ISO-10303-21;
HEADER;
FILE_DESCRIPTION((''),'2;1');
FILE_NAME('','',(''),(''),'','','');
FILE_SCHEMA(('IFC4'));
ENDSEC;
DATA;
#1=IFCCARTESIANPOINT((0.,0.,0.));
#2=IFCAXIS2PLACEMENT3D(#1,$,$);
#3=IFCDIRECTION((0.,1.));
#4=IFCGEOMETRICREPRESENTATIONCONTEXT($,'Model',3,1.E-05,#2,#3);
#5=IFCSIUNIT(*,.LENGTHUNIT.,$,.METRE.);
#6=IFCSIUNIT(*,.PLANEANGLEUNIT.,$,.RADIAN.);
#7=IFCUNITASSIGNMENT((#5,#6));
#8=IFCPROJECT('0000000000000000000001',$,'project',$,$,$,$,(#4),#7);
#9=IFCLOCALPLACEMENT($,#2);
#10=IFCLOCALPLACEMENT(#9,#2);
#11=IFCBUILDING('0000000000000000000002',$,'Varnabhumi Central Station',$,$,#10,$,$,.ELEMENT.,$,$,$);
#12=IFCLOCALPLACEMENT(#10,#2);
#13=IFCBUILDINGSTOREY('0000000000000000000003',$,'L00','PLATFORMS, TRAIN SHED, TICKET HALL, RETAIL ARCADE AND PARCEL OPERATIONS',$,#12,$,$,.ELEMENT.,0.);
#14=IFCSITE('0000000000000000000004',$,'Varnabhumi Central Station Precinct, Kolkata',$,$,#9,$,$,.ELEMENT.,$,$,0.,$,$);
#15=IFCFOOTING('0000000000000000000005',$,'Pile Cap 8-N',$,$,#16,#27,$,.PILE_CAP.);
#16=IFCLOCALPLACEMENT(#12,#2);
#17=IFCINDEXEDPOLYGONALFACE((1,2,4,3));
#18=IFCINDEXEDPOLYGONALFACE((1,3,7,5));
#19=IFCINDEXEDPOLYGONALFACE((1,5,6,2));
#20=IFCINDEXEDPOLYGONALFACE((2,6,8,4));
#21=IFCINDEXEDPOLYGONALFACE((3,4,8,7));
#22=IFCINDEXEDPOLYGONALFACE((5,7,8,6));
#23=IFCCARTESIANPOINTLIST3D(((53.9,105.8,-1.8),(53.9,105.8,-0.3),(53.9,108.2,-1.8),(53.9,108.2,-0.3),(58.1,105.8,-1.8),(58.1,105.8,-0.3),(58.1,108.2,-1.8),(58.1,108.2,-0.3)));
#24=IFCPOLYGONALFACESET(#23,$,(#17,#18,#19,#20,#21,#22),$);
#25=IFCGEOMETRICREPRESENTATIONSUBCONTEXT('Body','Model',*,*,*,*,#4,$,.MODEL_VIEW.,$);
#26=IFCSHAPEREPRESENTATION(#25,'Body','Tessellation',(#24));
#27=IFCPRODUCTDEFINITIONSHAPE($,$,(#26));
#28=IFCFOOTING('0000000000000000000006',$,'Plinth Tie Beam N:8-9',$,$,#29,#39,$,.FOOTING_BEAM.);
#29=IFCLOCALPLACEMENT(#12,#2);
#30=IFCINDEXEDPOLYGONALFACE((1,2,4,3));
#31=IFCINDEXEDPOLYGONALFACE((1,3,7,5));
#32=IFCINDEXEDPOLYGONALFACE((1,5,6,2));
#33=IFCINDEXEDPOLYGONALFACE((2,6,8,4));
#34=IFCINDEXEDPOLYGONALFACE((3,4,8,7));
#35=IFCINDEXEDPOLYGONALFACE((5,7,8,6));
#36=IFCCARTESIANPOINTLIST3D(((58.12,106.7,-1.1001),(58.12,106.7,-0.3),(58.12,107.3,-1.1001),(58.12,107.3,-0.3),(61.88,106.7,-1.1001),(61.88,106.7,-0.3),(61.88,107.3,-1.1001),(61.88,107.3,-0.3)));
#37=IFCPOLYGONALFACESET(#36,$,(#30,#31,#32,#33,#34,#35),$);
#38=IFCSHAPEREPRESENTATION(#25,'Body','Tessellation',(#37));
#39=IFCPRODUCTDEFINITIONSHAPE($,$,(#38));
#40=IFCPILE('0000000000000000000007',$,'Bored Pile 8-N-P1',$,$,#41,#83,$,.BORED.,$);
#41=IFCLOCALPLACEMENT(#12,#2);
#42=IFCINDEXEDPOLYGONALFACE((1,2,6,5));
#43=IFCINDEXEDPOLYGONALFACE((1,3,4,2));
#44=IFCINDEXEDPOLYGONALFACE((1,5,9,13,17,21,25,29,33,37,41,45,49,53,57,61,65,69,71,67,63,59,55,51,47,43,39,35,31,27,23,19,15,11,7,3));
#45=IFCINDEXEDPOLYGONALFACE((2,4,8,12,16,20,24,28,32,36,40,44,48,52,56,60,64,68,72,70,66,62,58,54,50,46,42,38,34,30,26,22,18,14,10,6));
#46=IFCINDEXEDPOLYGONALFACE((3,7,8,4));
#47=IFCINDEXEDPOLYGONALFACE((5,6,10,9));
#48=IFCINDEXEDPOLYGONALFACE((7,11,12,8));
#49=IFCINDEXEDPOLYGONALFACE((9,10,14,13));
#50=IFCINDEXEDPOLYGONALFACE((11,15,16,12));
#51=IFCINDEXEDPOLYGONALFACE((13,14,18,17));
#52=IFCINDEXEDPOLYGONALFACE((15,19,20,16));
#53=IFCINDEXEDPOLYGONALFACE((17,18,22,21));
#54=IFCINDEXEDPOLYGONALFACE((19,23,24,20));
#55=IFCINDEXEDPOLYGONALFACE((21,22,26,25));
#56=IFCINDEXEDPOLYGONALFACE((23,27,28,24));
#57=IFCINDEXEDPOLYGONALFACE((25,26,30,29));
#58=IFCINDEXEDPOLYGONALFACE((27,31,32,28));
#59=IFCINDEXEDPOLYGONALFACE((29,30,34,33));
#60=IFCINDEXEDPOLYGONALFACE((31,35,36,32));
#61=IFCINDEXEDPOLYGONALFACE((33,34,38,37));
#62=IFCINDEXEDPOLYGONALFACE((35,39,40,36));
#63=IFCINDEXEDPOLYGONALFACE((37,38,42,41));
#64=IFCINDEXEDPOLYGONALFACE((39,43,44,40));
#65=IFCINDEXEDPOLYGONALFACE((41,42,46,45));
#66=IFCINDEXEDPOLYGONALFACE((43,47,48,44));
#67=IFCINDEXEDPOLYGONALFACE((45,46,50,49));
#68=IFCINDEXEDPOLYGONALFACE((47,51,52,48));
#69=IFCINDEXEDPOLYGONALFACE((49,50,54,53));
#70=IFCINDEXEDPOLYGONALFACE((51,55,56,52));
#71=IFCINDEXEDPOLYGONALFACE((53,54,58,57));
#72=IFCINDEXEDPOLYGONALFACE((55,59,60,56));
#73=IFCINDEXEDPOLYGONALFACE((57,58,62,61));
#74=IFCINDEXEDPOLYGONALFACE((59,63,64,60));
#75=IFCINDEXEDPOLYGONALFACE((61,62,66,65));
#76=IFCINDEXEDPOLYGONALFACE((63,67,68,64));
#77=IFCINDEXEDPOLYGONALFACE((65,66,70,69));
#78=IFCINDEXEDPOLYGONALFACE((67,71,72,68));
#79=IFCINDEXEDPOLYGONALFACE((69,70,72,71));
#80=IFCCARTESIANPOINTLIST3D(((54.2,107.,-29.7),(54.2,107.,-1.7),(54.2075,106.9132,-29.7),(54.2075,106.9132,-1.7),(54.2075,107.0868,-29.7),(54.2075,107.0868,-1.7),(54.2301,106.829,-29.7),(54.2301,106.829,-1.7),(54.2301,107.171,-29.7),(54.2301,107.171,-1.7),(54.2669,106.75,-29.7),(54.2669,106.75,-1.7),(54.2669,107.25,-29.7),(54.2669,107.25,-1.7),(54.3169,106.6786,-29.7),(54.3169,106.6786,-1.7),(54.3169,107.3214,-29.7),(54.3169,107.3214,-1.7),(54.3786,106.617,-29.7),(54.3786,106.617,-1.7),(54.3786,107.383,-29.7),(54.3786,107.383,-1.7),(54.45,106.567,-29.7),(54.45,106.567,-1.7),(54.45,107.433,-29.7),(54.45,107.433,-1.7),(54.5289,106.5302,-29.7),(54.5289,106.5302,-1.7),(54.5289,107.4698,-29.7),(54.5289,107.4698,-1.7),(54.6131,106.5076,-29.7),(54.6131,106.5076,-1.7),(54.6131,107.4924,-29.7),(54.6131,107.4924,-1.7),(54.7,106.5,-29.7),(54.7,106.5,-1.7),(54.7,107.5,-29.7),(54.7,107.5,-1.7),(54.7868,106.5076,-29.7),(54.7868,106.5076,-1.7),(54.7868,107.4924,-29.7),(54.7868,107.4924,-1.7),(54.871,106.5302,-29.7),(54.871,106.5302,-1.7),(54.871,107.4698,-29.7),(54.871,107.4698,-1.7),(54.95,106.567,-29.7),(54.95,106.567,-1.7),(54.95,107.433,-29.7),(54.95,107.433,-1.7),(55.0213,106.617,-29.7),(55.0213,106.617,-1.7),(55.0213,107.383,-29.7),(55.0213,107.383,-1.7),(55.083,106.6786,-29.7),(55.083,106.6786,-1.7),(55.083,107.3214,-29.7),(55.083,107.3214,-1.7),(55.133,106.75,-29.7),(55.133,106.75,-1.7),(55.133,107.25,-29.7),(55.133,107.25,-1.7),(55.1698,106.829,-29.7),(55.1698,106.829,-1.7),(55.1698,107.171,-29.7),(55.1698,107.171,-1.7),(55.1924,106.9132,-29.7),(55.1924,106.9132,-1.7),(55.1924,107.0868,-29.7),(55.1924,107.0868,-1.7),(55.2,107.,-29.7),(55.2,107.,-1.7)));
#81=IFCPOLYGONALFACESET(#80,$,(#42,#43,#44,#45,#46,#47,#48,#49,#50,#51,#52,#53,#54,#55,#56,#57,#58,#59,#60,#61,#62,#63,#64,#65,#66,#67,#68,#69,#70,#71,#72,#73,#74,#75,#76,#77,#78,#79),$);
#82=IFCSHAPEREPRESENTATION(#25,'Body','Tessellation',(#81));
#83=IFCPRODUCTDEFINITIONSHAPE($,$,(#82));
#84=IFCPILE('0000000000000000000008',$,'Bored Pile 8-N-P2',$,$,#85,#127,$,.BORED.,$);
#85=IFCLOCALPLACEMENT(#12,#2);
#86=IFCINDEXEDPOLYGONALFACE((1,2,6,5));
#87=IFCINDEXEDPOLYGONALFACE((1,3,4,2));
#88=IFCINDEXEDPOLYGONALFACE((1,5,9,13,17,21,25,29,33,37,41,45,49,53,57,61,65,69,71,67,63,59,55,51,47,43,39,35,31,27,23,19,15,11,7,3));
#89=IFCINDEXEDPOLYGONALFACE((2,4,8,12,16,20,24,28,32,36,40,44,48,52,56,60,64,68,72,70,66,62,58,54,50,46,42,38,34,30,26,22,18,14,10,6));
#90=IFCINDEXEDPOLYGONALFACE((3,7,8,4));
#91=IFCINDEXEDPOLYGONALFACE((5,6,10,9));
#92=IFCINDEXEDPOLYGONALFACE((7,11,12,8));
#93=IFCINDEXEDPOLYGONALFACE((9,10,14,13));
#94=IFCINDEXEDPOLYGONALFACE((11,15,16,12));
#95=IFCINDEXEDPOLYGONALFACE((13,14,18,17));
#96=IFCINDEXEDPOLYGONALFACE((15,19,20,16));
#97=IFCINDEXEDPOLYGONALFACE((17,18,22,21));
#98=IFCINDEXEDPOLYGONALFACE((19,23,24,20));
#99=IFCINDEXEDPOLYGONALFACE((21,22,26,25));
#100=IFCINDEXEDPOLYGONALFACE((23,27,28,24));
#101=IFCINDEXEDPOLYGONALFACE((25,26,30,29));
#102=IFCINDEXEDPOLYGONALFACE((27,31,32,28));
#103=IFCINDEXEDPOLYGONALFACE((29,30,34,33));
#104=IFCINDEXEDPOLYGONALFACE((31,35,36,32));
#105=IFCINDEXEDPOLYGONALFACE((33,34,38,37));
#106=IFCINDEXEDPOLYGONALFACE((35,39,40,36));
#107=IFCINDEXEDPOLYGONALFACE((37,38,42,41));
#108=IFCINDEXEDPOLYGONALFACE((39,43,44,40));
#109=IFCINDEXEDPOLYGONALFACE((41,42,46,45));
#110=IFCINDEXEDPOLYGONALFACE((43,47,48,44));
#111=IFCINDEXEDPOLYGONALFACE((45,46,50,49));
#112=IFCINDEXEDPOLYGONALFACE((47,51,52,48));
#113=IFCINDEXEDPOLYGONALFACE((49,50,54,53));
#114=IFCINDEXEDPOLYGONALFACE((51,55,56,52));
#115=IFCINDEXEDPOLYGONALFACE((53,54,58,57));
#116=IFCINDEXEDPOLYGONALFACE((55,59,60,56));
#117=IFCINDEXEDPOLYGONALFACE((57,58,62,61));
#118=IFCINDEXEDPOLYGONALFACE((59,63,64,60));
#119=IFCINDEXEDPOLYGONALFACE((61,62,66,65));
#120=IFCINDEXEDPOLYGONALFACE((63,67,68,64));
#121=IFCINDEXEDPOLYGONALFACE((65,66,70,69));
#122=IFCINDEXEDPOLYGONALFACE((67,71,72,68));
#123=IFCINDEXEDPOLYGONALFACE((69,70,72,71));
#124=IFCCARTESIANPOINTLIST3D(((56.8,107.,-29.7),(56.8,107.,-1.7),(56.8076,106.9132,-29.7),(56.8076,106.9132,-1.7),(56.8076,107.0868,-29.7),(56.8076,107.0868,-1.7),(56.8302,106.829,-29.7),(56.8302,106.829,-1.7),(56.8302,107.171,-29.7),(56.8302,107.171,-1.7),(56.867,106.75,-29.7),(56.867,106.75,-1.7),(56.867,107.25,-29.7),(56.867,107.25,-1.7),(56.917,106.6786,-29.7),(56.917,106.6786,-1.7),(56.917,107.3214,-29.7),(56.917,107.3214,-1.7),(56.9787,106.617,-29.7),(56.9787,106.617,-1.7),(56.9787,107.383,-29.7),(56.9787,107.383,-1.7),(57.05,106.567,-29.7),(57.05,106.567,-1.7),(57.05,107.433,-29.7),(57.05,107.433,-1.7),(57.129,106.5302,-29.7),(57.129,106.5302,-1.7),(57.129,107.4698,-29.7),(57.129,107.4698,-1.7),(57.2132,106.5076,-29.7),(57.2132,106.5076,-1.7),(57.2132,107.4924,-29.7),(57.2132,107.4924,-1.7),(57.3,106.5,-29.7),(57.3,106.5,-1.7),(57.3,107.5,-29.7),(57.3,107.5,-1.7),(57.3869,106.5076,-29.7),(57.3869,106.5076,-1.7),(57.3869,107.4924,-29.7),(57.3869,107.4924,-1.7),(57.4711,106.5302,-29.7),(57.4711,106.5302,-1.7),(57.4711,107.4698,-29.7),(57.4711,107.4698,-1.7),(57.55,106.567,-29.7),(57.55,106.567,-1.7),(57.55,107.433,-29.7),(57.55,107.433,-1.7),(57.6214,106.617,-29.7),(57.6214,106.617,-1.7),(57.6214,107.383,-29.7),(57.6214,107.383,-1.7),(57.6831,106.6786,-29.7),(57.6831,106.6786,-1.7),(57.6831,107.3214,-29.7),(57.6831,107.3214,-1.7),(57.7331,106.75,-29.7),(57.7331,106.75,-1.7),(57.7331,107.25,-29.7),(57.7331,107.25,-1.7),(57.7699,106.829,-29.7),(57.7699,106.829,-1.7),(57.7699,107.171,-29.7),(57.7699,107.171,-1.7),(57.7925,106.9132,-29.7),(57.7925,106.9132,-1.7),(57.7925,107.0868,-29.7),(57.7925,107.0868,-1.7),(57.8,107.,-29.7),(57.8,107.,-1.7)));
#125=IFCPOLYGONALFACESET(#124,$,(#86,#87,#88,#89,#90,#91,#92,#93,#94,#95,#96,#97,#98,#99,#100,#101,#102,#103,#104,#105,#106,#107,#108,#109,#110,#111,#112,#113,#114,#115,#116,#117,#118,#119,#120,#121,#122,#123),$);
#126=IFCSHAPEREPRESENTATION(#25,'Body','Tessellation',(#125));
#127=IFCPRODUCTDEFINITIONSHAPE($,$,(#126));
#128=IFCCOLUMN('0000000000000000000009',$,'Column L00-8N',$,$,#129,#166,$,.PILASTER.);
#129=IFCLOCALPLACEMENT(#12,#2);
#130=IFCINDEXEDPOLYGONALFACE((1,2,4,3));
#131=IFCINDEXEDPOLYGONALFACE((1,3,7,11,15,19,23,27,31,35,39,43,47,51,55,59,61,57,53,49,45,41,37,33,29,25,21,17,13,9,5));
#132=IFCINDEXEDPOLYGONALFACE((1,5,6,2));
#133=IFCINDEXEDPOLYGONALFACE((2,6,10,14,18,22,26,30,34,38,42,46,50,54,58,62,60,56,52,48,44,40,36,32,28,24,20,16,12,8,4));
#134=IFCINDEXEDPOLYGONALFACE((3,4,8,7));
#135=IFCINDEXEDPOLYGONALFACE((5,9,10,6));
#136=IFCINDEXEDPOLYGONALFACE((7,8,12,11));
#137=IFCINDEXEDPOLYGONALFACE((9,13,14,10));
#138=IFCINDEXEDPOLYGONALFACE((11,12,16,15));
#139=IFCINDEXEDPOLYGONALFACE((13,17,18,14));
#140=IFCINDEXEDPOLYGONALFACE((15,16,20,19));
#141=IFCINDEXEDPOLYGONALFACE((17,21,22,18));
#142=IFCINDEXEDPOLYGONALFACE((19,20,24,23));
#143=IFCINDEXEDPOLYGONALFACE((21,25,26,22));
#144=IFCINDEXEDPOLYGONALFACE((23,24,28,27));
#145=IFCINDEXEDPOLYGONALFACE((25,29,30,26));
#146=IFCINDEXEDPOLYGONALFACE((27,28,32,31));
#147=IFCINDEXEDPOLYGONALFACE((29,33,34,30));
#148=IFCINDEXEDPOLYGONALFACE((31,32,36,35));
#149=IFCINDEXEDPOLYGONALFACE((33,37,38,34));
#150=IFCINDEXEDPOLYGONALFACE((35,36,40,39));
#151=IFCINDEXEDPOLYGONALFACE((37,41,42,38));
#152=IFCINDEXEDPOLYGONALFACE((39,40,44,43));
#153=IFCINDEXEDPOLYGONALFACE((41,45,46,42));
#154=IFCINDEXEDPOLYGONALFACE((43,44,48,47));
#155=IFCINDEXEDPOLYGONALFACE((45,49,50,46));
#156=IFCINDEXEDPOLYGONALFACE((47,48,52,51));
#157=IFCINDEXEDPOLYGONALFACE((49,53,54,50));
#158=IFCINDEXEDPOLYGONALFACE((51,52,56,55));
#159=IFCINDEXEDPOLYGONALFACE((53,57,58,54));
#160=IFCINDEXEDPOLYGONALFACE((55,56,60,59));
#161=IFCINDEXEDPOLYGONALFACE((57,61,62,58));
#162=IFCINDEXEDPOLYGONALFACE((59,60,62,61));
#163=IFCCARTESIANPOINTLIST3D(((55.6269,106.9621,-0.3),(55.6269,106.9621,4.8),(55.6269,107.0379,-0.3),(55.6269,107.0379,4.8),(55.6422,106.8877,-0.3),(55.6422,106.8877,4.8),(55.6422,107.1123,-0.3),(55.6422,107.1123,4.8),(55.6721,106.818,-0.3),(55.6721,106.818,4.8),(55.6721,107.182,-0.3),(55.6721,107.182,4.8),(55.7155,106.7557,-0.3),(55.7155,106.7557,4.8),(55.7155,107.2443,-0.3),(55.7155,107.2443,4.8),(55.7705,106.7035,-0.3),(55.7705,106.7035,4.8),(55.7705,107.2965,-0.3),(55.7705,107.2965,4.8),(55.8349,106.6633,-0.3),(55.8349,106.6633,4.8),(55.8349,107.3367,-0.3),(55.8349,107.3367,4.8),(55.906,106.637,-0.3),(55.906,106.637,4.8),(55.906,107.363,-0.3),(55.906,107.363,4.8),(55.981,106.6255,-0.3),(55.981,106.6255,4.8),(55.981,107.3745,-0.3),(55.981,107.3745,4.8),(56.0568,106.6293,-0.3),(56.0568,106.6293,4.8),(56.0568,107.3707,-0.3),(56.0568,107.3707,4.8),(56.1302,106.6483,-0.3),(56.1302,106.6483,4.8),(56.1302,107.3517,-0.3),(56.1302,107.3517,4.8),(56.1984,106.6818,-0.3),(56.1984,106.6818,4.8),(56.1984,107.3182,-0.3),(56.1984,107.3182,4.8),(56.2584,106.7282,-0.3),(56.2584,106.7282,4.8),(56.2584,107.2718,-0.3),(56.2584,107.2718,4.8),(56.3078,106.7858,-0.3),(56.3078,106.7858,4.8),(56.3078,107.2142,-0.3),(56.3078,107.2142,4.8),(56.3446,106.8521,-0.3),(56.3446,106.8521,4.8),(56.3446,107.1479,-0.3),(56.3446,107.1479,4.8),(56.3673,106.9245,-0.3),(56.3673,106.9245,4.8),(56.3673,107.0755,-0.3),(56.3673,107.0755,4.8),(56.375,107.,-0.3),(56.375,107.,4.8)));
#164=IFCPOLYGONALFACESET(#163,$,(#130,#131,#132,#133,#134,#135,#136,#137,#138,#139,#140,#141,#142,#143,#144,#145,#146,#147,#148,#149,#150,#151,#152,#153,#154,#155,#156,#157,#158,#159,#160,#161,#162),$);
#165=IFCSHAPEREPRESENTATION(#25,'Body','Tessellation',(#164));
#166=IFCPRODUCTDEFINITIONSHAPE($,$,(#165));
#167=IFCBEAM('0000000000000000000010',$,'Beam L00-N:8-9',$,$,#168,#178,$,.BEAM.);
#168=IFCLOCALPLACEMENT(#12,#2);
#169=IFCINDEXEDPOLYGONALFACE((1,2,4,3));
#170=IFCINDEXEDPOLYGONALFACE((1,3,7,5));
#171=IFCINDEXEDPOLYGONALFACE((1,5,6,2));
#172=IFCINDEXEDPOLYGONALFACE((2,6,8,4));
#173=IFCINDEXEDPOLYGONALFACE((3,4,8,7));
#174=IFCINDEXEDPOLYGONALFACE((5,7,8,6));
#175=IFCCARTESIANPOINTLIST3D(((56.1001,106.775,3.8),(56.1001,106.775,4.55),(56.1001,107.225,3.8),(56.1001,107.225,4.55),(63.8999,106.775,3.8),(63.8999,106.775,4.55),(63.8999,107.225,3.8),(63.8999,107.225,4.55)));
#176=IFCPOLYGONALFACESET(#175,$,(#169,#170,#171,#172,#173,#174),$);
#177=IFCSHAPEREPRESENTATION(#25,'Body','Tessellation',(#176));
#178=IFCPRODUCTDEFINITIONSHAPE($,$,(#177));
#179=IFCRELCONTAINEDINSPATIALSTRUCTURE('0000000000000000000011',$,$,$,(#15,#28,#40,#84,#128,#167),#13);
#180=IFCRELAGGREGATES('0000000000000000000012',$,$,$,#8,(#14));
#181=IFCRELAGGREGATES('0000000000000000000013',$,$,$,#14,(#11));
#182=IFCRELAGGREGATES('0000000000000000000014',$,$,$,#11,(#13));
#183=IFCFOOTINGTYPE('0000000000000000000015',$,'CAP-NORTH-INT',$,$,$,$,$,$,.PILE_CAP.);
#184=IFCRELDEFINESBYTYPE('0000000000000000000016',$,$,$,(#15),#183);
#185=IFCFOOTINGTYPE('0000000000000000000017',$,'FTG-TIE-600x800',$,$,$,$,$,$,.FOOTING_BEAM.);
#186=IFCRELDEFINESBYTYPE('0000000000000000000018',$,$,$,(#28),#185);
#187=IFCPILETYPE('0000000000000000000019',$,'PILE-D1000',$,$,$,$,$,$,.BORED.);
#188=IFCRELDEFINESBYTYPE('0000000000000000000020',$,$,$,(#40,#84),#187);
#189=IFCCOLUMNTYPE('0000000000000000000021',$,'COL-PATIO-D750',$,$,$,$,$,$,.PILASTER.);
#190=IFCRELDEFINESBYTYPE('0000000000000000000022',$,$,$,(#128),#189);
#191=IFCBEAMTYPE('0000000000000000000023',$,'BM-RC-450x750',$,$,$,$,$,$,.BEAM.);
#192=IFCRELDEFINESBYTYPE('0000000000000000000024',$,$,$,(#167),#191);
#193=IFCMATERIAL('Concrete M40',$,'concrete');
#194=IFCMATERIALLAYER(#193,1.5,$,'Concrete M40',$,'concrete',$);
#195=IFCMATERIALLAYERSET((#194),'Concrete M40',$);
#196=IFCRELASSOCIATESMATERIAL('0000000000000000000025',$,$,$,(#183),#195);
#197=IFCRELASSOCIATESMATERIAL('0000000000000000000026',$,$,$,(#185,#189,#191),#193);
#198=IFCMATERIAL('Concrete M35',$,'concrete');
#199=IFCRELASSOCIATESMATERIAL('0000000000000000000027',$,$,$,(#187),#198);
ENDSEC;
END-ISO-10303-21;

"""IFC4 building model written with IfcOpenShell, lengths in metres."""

from ifc_helpers import new_model, si_unit, direction, frame, origin, origin_2d, place, context, subcontext, project, spatial, rectangle, circle, extrude, material, layer, layer_set, material_profile, profile_set, type_object, element, save


model = new_model("IFC4")

# Units and contexts
model_context = context("Model", 3, precision=1e-05, world=origin(), true_north=direction((0.0, 1.0)))
body_context = subcontext(model_context, "Body", "Model", "MODEL_VIEW")
ifc_project = project(units=[si_unit("LENGTHUNIT", "METRE"), si_unit("PLANEANGLEUNIT", "RADIAN")], contexts=[model_context])

# Site, building, storey
site_placement = place(None, origin())
site = spatial("IfcSite", under=ifc_project, at=site_placement, Name="Varnabhumi Central Station Precinct, Kolkata", CompositionType="ELEMENT", RefElevation=0.0)
building_placement = place(site_placement, origin())
building = spatial("IfcBuilding", under=site, at=building_placement, Name="Varnabhumi Central Station", CompositionType="ELEMENT")
storey_placement = place(building_placement, origin())
storey = spatial("IfcBuildingStorey", under=building, at=storey_placement, Name="L00", Description="PLATFORMS, TRAIN SHED, TICKET HALL, RETAIL ARCADE AND PARCEL OPERATIONS", CompositionType="ELEMENT", Elevation=0.0)

# Footings
ifc_material_1 = material(Name="Concrete M40", Category="concrete")
ifc_layer_1 = layer(ifc_material_1, 1.5, Name="Concrete M40", Category="concrete")
ifc_layer_set_1 = layer_set([ifc_layer_1], Name="Concrete M40")
footing_type_1 = type_object("IfcFootingType", Name="CAP-NORTH-INT", PredefinedType="PILE_CAP", material=ifc_layer_set_1)
footing_1_placement = place(storey_placement, frame((56.0, 107.0, -1.8), z_axis=(0.0, 0.0, 1.0), x_axis=(1.0, 0.0, 0.0)))
element("IfcFooting", 1, at=footing_1_placement, inside=storey, type_object=footing_type_1, Name="Pile Cap 8-N", PredefinedType="PILE_CAP", context=body_context, shape_type="SweptSolid", body=[
    extrude(rectangle(XDim=4.2, YDim=2.3999, at=origin_2d()), origin(), (0.0, 0.0, 1.0), 1.5),
])
footing_type_2 = type_object("IfcFootingType", Name="FTG-TIE-600x800", PredefinedType="FOOTING_BEAM", material=ifc_material_1)
footing_2_placement = place(storey_placement, frame((60.0, 107.0, -1.1001), z_axis=(0.0, 0.0, 1.0), x_axis=(1.0, 0.0, 0.0)))
element("IfcFooting", 2, at=footing_2_placement, inside=storey, type_object=footing_type_2, Name="Plinth Tie Beam N:8-9", PredefinedType="FOOTING_BEAM", context=body_context, shape_type="SweptSolid", body=[
    extrude(rectangle(XDim=3.76, YDim=0.6001, at=origin_2d()), origin(), (0.0, 0.0, 1.0), 0.8),
])

# Piles
ifc_material_2 = material(Name="Concrete M35", Category="concrete")
ifc_material_profile_1 = material_profile(ifc_material_2, circle(Radius=0.5, at=origin_2d()), Name="Concrete M35", Category="concrete")
ifc_profile_set_1 = profile_set([ifc_material_profile_1], Name="Concrete M35")
pile_type = type_object("IfcPileType", Name="PILE-D1000", PredefinedType="BORED", material=ifc_profile_set_1)
for number, where, z_axis, x_axis, name in (
    (3, (54.7, 107.0, -1.7), (0.0, 0.0, -1.0), (1.0, 0.0, 0.0), "Bored Pile 8-N-P1"),
    (4, (57.3, 107.0, -1.7), (0.0, 0.0, -1.0), (1.0, 0.0, 0.0), "Bored Pile 8-N-P2"),
):
    element("IfcPile", number, at=place(storey_placement, frame(where, z_axis=z_axis, x_axis=x_axis)), inside=storey, type_object=pile_type, Name=name, PredefinedType="BORED", context=body_context, shape_type="SweptSolid", body=[
        extrude(circle(Radius=0.5, at=origin_2d()), origin(), (0.0, 0.0, 1.0), 28.0),
    ])

# Column
ifc_material_profile_2 = material_profile(ifc_material_1, circle(Radius=0.375, at=origin_2d()), Name="Concrete M40", Category="concrete")
ifc_profile_set_2 = profile_set([ifc_material_profile_2], Name="Concrete M40")
column_type = type_object("IfcColumnType", Name="COL-PATIO-D750", PredefinedType="PILASTER", material=ifc_profile_set_2)
column_placement = place(storey_placement, frame((56.0, 107.0, -0.3), z_axis=(0.0, 0.0, 1.0), x_axis=(1.0, 0.0, 0.0)))
element("IfcColumn", 5, at=column_placement, inside=storey, type_object=column_type, Name="Column L00-8N", PredefinedType="PILASTER", context=body_context, shape_type="SweptSolid", body=[
    extrude(circle(Radius=0.375, at=origin_2d()), origin(), (0.0, 0.0, 1.0), 5.1001),
])

# Beam
ifc_material_profile_3 = material_profile(ifc_material_1, rectangle(XDim=0.45, YDim=0.75, at=origin_2d()), Name="Concrete M40", Category="concrete")
ifc_profile_set_3 = profile_set([ifc_material_profile_3], Name="Concrete M40")
beam_type = type_object("IfcBeamType", Name="BM-RC-450x750", PredefinedType="BEAM", material=ifc_profile_set_3)
beam_placement = place(storey_placement, frame((56.1001, 107.0, 4.175), z_axis=(1.0, 0.0, 0.0), x_axis=(0.0, 1.0, 0.0)))
element("IfcBeam", 6, at=beam_placement, inside=storey, type_object=beam_type, Name="Beam L00-N:8-9", PredefinedType="BEAM", context=body_context, shape_type="SweptSolid", body=[
    extrude(rectangle(XDim=0.45, YDim=0.75, at=origin_2d()), origin(), (0.0, 0.0, 1.0), 7.7998),
])

save(model, "model.ifc")
